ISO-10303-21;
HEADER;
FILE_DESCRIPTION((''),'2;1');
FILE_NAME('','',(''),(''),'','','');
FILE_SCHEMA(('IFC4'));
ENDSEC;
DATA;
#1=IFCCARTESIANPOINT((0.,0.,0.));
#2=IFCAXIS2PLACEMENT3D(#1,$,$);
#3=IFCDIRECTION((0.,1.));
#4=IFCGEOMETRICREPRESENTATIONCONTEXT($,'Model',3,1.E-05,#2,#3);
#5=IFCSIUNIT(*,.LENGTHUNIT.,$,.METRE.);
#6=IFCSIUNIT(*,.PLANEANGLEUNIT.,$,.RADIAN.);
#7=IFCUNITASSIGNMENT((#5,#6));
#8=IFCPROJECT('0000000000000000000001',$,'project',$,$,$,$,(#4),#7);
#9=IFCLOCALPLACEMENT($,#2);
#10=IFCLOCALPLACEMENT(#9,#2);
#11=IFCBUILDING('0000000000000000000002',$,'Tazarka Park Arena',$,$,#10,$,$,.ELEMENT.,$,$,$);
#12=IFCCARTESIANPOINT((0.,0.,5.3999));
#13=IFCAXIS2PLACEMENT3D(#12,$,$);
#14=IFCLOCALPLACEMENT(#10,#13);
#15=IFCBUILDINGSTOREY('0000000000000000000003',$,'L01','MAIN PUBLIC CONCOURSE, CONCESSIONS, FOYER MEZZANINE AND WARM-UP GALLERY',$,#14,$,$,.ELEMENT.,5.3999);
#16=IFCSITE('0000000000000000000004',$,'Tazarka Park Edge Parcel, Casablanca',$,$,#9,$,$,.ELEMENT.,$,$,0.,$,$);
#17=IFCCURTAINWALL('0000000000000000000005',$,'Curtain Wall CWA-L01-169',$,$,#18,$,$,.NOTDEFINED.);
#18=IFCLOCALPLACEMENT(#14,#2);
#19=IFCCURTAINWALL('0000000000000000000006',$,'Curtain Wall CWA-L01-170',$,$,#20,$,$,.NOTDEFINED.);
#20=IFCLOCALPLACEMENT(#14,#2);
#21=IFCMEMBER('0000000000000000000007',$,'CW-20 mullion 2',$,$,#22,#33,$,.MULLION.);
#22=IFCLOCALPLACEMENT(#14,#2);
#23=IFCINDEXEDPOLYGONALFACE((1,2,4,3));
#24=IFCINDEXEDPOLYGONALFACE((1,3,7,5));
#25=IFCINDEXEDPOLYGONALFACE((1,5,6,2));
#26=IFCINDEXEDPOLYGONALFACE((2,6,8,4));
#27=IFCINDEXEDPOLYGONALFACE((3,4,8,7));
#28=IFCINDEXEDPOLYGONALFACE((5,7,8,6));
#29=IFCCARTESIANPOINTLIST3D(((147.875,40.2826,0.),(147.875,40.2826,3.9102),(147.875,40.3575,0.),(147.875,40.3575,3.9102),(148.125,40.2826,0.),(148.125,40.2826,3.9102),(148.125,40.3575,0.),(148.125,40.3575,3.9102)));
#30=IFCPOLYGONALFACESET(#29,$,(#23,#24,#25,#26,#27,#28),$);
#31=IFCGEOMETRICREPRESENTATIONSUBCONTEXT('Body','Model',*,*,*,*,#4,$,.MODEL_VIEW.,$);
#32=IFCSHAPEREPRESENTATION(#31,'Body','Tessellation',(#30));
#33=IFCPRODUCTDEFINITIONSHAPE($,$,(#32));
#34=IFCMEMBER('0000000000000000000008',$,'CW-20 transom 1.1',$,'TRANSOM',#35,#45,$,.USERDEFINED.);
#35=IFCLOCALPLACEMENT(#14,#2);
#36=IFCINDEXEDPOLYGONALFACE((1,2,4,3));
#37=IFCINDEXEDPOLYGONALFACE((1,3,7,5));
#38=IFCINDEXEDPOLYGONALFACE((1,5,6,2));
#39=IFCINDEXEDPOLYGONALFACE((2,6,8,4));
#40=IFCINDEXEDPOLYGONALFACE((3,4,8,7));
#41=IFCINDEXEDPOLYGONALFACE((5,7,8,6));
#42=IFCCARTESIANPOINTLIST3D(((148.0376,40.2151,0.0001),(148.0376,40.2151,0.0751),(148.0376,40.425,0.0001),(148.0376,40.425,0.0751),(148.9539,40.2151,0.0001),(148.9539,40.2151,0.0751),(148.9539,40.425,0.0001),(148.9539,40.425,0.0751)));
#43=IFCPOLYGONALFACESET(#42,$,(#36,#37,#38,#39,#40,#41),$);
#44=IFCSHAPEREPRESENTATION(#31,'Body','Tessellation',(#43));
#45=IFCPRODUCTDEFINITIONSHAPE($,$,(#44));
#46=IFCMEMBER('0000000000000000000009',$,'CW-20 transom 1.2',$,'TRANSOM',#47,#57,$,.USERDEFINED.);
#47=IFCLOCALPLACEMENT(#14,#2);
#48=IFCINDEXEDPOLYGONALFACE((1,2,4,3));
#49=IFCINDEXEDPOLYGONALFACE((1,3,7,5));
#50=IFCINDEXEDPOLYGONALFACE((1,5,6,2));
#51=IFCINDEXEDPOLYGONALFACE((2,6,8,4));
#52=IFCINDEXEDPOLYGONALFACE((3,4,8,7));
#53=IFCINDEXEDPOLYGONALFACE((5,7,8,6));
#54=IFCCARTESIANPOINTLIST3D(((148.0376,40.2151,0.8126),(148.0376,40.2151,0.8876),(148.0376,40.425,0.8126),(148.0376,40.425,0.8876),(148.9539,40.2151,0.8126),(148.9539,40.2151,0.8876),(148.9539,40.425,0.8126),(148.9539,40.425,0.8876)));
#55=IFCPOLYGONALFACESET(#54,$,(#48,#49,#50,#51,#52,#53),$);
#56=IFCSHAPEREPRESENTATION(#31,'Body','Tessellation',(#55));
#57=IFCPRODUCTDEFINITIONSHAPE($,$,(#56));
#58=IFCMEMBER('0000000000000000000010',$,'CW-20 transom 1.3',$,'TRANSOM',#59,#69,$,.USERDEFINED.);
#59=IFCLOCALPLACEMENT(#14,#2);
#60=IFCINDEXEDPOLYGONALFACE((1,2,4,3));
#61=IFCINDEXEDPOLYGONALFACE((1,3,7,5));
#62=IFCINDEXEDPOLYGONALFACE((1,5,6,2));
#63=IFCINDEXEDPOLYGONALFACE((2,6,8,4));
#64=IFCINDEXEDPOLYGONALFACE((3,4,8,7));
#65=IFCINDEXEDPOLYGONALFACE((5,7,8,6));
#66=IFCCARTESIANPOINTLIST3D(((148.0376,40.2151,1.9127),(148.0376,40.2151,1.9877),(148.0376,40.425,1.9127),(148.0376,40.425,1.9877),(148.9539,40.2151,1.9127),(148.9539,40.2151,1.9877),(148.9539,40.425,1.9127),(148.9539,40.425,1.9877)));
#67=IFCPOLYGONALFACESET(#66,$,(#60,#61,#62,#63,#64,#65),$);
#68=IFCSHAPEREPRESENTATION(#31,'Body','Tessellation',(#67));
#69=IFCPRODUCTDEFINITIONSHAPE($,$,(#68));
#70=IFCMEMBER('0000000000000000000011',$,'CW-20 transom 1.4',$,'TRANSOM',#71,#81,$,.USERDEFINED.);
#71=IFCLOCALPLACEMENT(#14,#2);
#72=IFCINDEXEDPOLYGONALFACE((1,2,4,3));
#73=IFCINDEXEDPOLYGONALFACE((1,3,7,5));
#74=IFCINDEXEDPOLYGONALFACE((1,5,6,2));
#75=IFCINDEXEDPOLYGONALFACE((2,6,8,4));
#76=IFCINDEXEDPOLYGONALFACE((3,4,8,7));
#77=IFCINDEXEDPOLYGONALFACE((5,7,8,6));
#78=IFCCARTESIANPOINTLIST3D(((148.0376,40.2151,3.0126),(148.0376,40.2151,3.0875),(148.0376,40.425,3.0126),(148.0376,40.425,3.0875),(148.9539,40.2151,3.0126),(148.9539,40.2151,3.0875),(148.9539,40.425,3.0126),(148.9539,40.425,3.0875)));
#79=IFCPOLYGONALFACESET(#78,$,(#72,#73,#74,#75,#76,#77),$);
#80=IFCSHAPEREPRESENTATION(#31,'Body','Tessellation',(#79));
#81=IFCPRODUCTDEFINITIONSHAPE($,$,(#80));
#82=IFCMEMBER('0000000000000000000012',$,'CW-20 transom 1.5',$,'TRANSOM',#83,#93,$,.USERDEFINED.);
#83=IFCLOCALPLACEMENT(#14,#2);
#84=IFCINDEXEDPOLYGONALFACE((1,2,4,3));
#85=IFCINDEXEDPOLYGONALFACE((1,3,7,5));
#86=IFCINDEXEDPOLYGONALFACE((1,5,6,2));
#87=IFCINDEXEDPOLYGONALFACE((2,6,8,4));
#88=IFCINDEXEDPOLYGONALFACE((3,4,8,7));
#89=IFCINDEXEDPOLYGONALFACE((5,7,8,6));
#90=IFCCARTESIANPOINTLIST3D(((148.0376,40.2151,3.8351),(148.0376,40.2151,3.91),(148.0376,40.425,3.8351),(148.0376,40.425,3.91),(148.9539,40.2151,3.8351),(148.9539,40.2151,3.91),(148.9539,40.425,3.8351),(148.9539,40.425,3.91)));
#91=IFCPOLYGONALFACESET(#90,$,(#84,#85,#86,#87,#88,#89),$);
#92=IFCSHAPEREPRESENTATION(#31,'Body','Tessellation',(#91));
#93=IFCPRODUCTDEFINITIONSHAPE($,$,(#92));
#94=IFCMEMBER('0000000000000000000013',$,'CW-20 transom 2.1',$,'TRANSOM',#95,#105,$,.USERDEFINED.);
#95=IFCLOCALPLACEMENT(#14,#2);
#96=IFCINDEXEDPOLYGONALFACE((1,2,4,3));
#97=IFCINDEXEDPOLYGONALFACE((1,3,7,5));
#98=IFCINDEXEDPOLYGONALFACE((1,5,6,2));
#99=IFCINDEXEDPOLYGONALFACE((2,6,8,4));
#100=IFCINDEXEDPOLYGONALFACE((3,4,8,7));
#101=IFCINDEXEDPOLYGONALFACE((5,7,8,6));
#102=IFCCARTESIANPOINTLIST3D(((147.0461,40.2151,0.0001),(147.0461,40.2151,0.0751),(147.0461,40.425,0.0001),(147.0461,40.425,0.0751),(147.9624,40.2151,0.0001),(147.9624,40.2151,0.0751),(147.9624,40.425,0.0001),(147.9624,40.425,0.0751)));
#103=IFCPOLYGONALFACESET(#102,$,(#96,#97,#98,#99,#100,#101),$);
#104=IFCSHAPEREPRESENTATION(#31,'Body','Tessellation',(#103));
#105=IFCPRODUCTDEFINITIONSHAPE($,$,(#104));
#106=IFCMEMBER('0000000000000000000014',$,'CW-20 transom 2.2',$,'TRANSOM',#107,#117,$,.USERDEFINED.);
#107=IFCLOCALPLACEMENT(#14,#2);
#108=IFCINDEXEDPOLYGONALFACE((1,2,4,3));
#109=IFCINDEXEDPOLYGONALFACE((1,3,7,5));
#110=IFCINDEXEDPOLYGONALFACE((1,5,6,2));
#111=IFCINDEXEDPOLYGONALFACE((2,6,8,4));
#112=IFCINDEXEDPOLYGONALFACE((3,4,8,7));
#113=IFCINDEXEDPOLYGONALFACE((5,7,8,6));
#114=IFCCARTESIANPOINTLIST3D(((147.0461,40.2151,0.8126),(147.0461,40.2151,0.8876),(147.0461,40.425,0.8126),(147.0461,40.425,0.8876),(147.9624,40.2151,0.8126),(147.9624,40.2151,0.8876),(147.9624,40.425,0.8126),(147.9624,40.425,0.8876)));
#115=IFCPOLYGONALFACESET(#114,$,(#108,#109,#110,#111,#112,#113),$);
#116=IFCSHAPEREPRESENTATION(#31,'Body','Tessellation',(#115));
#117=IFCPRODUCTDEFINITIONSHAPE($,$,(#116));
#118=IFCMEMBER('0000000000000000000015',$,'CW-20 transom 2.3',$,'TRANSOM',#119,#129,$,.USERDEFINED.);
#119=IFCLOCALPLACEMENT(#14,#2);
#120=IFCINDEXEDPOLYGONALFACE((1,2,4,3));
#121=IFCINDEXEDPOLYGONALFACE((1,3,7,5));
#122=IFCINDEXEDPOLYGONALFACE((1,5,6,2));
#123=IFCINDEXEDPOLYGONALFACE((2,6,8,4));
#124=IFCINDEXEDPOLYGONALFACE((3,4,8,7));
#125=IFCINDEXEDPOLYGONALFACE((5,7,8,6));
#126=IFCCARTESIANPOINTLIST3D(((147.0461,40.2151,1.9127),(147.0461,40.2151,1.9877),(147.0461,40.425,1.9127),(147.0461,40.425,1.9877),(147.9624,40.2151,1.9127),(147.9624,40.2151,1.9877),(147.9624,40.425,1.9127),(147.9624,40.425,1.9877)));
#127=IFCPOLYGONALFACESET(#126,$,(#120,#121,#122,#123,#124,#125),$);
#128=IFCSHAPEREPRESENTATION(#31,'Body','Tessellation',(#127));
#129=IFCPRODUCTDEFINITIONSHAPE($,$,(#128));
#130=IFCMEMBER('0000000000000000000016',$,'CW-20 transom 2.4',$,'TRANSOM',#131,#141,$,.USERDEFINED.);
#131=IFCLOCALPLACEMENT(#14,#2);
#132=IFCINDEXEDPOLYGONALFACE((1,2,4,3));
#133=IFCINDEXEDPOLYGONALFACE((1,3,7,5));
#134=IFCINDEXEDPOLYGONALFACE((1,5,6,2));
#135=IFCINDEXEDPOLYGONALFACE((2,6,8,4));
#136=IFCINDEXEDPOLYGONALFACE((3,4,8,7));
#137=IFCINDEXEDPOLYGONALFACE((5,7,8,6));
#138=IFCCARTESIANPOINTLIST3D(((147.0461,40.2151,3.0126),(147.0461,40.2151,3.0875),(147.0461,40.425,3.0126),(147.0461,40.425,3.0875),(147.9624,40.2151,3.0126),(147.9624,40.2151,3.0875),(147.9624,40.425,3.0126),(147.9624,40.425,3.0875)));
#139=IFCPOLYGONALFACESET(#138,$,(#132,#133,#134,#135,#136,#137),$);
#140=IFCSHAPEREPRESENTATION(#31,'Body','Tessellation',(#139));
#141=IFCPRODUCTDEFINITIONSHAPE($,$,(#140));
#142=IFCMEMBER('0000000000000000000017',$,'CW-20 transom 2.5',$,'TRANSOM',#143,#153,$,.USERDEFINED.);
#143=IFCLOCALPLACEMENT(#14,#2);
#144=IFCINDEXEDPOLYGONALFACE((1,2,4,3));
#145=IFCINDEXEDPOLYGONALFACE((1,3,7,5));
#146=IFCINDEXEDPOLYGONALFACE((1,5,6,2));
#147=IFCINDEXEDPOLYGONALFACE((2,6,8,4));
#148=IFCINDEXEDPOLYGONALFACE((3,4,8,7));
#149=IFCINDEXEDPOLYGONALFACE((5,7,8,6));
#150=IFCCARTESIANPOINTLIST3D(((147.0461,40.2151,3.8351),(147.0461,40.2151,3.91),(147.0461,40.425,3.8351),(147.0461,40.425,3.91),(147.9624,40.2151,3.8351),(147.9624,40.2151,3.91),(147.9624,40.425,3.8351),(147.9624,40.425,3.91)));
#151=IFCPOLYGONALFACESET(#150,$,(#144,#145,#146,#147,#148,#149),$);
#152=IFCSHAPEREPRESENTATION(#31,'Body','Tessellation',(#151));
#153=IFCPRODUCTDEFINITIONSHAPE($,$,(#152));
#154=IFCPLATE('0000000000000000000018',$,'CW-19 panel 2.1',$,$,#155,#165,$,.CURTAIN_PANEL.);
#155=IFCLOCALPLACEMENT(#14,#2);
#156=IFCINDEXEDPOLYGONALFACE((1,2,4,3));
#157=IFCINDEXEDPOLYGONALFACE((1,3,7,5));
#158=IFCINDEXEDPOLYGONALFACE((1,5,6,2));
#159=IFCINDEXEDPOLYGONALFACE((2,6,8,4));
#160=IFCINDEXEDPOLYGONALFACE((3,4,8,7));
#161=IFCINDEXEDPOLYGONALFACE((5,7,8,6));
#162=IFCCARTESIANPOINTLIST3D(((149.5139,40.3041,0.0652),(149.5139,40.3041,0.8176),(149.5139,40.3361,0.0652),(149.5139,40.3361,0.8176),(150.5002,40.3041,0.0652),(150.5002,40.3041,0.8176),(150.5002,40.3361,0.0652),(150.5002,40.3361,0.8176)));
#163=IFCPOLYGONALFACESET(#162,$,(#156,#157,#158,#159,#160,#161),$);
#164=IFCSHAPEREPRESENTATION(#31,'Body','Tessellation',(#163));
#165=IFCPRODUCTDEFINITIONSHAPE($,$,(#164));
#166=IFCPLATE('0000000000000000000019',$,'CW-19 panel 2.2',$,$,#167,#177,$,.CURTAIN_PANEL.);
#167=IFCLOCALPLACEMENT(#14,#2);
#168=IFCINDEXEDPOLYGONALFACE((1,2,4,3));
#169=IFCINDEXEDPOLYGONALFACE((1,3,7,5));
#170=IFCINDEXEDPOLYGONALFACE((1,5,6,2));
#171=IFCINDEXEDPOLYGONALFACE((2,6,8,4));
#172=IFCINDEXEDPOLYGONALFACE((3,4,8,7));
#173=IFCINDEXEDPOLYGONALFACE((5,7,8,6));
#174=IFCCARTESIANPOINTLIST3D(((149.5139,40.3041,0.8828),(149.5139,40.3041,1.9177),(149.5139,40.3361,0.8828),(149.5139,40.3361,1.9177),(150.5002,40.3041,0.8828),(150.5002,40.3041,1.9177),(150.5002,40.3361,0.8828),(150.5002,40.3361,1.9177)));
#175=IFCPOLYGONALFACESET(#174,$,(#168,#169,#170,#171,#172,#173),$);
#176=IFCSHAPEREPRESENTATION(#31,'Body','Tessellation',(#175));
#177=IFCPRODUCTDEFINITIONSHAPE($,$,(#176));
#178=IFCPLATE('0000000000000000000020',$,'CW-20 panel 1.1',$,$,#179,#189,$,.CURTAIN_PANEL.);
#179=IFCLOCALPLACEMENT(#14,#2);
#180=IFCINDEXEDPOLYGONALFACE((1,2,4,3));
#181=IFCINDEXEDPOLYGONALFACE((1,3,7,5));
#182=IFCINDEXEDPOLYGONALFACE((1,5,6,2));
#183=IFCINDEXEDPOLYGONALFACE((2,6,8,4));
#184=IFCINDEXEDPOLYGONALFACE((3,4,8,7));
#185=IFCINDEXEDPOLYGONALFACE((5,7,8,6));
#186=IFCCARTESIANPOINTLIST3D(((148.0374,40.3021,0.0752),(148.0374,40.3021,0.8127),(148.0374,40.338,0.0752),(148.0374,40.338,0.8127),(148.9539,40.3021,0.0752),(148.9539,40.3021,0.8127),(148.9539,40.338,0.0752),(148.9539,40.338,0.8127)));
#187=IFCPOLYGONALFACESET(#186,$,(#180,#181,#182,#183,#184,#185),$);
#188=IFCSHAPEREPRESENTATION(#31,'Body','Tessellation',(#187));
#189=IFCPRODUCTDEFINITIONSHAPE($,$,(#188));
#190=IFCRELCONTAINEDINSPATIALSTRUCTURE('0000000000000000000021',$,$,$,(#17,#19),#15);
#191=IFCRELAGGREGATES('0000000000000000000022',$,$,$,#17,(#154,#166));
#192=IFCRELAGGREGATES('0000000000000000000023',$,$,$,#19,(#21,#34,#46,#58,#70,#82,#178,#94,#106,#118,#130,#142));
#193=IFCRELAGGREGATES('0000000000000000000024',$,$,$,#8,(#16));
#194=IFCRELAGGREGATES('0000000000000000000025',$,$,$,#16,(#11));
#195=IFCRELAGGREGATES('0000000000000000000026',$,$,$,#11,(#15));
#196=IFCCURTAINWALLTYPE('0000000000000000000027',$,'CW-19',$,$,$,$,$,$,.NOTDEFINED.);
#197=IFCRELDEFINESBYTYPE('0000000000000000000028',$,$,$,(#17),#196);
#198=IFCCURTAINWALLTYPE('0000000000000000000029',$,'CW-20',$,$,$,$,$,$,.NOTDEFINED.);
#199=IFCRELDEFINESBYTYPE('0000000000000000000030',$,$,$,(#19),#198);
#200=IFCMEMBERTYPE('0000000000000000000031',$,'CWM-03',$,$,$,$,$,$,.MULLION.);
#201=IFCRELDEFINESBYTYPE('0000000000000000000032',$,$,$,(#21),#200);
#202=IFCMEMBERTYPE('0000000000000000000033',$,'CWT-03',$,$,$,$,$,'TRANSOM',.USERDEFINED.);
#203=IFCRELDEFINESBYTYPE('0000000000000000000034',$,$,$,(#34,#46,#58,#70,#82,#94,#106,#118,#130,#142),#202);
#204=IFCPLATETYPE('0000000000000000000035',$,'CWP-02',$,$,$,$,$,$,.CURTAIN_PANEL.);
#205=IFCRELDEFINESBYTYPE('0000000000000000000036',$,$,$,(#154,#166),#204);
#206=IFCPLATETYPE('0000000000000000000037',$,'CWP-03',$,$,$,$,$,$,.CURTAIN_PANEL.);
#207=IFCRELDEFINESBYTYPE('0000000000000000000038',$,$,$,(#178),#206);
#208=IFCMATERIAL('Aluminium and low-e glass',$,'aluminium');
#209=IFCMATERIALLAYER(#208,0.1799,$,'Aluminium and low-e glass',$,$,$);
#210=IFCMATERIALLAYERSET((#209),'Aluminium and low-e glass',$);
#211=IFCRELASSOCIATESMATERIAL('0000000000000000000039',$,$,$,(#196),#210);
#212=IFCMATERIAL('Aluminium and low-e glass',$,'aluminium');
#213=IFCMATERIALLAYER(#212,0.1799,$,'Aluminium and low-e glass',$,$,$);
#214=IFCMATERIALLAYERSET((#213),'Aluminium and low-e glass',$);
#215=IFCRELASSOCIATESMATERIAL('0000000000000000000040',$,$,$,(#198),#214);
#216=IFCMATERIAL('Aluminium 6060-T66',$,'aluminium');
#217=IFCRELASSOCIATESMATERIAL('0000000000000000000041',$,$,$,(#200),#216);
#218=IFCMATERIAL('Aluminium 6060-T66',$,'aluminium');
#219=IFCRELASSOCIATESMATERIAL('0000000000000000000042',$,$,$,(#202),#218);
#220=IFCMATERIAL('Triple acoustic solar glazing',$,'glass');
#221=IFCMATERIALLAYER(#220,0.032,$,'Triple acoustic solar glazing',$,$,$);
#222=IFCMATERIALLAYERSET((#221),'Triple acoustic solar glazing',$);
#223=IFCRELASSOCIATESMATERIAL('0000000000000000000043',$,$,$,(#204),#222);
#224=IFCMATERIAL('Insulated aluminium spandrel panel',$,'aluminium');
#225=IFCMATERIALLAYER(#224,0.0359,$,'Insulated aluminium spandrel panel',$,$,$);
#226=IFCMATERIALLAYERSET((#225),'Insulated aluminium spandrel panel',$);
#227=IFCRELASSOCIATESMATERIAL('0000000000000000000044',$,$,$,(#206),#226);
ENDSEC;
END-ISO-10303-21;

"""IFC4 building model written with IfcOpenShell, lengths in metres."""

from ifc_helpers import new_model, si_unit, direction, frame, origin, origin_2d, place, context, subcontext, project, spatial, rectangle, extrude, material, layer, layer_set, material_profile, profile_set, type_object, element, aggregate, save


model = new_model("IFC4")

# Units and contexts
model_context = context("Model", 3, precision=1e-05, world=origin(), true_north=direction((0.0, 1.0)))
body_context = subcontext(model_context, "Body", "Model", "MODEL_VIEW")
ifc_project = project(units=[si_unit("LENGTHUNIT", "METRE"), si_unit("PLANEANGLEUNIT", "RADIAN")], contexts=[model_context])

# Site, building, storey
site_placement = place(None, origin())
site = spatial("IfcSite", under=ifc_project, at=site_placement, Name="Tazarka Park Edge Parcel, Casablanca", CompositionType="ELEMENT", RefElevation=0.0)
building_placement = place(site_placement, origin())
building = spatial("IfcBuilding", under=site, at=building_placement, Name="Tazarka Park Arena", CompositionType="ELEMENT")
storey_placement = place(building_placement, frame((0.0, 0.0, 5.3999)))
storey = spatial("IfcBuildingStorey", under=building, at=storey_placement, Name="L01", Description="MAIN PUBLIC CONCOURSE, CONCESSIONS, FOYER MEZZANINE AND WARM-UP GALLERY", CompositionType="ELEMENT", Elevation=5.3999)

# Curtain wall
ifc_material_1 = material(Name="Aluminium and low-e glass", Category="aluminium")
ifc_layer_1 = layer(ifc_material_1, 0.1799, Name="Aluminium and low-e glass")
ifc_layer_set_1 = layer_set([ifc_layer_1], Name="Aluminium and low-e glass")
curtain_wall_type_1 = type_object("IfcCurtainWallType", Name="CW-19", PredefinedType="NOTDEFINED", material=ifc_layer_set_1)
curtain_wall_1_placement = place(storey_placement, origin())
curtain_wall_1 = element("IfcCurtainWall", 1, at=curtain_wall_1_placement, inside=storey, type_object=curtain_wall_type_1, Name="Curtain Wall CWA-L01-169", PredefinedType="NOTDEFINED")

# Curtain wall, members
ifc_material_2 = material(Name="Aluminium and low-e glass", Category="aluminium")
ifc_layer_2 = layer(ifc_material_2, 0.1799, Name="Aluminium and low-e glass")
ifc_layer_set_2 = layer_set([ifc_layer_2], Name="Aluminium and low-e glass")
curtain_wall_type_2 = type_object("IfcCurtainWallType", Name="CW-20", PredefinedType="NOTDEFINED", material=ifc_layer_set_2)
curtain_wall_2_placement = place(storey_placement, origin())
curtain_wall_2 = element("IfcCurtainWall", 2, at=curtain_wall_2_placement, inside=storey, type_object=curtain_wall_type_2, Name="Curtain Wall CWA-L01-170", PredefinedType="NOTDEFINED")
ifc_material_3 = material(Name="Aluminium 6060-T66", Category="aluminium")
ifc_material_profile_1 = material_profile(ifc_material_3, rectangle(XDim=0.075, YDim=0.25, at=origin_2d()), Name="Aluminium 6060-T66")
ifc_profile_set_1 = profile_set([ifc_material_profile_1], Name="Aluminium 6060-T66")
member_type_1 = type_object("IfcMemberType", Name="CWM-03", PredefinedType="MULLION", material=ifc_profile_set_1)
member_1_placement = place(storey_placement, frame((148.0, 40.3201, 0.0), z_axis=(0.0, 0.0, 1.0), x_axis=(0.0, -1.0, 0.0)))
member_1 = element("IfcMember", 3, at=member_1_placement, type_object=member_type_1, Name="CW-20 mullion 2", PredefinedType="MULLION", context=body_context, shape_type="SweptSolid", body=[
    extrude(rectangle(XDim=0.075, YDim=0.25, at=origin_2d()), origin(), (0.0, 0.0, 1.0), 3.9102),
])
ifc_material_4 = material(Name="Aluminium 6060-T66", Category="aluminium")
ifc_material_profile_2 = material_profile(ifc_material_4, rectangle(XDim=0.21, YDim=0.075, at=origin_2d()), Name="Aluminium 6060-T66")
ifc_profile_set_2 = profile_set([ifc_material_profile_2], Name="Aluminium 6060-T66")
member_type_2 = type_object("IfcMemberType", Name="CWT-03", ElementType="TRANSOM", PredefinedType="USERDEFINED", material=ifc_profile_set_2)
member_2_placement = place(storey_placement, frame((148.9539, 40.3201, 0.0376), z_axis=(-1.0, 0.0, 0.0), x_axis=(0.0, -1.0, 0.0)))
member_2 = element("IfcMember", 4, at=member_2_placement, type_object=member_type_2, Name="CW-20 transom 1.1", ObjectType="TRANSOM", PredefinedType="USERDEFINED", context=body_context, shape_type="SweptSolid", body=[
    extrude(rectangle(XDim=0.21, YDim=0.075, at=origin_2d()), origin(), (0.0, 0.0, 1.0), 0.9163),
])
member_3_placement = place(storey_placement, frame((148.9539, 40.3201, 0.8501), z_axis=(-1.0, 0.0, 0.0), x_axis=(0.0, -1.0, 0.0)))
member_3 = element("IfcMember", 5, at=member_3_placement, type_object=member_type_2, Name="CW-20 transom 1.2", ObjectType="TRANSOM", PredefinedType="USERDEFINED", context=body_context, shape_type="SweptSolid", body=[
    extrude(rectangle(XDim=0.21, YDim=0.075, at=origin_2d()), origin(), (0.0, 0.0, 1.0), 0.9163),
])
member_4_placement = place(storey_placement, frame((148.9539, 40.3201, 1.9502), z_axis=(-1.0, 0.0, 0.0), x_axis=(0.0, -1.0, 0.0)))
member_4 = element("IfcMember", 6, at=member_4_placement, type_object=member_type_2, Name="CW-20 transom 1.3", ObjectType="TRANSOM", PredefinedType="USERDEFINED", context=body_context, shape_type="SweptSolid", body=[
    extrude(rectangle(XDim=0.21, YDim=0.075, at=origin_2d()), origin(), (0.0, 0.0, 1.0), 0.9163),
])
member_5_placement = place(storey_placement, frame((148.9539, 40.3201, 3.05), z_axis=(-1.0, 0.0, 0.0), x_axis=(0.0, -1.0, 0.0)))
member_5 = element("IfcMember", 7, at=member_5_placement, type_object=member_type_2, Name="CW-20 transom 1.4", ObjectType="TRANSOM", PredefinedType="USERDEFINED", context=body_context, shape_type="SweptSolid", body=[
    extrude(rectangle(XDim=0.21, YDim=0.075, at=origin_2d()), origin(), (0.0, 0.0, 1.0), 0.9163),
])
member_6_placement = place(storey_placement, frame((148.9539, 40.3201, 3.8726), z_axis=(-1.0, 0.0, 0.0), x_axis=(0.0, -1.0, 0.0)))
member_6 = element("IfcMember", 8, at=member_6_placement, type_object=member_type_2, Name="CW-20 transom 1.5", ObjectType="TRANSOM", PredefinedType="USERDEFINED", context=body_context, shape_type="SweptSolid", body=[
    extrude(rectangle(XDim=0.21, YDim=0.075, at=origin_2d()), origin(), (0.0, 0.0, 1.0), 0.9163),
])
member_7_placement = place(storey_placement, frame((147.9624, 40.3201, 0.0376), z_axis=(-1.0, 0.0, 0.0), x_axis=(0.0, -1.0, 0.0)))
member_7 = element("IfcMember", 9, at=member_7_placement, type_object=member_type_2, Name="CW-20 transom 2.1", ObjectType="TRANSOM", PredefinedType="USERDEFINED", context=body_context, shape_type="SweptSolid", body=[
    extrude(rectangle(XDim=0.21, YDim=0.075, at=origin_2d()), origin(), (0.0, 0.0, 1.0), 0.9163),
])
member_8_placement = place(storey_placement, frame((147.9624, 40.3201, 0.8501), z_axis=(-1.0, 0.0, 0.0), x_axis=(0.0, -1.0, 0.0)))
member_8 = element("IfcMember", 10, at=member_8_placement, type_object=member_type_2, Name="CW-20 transom 2.2", ObjectType="TRANSOM", PredefinedType="USERDEFINED", context=body_context, shape_type="SweptSolid", body=[
    extrude(rectangle(XDim=0.21, YDim=0.075, at=origin_2d()), origin(), (0.0, 0.0, 1.0), 0.9163),
])
member_9_placement = place(storey_placement, frame((147.9624, 40.3201, 1.9502), z_axis=(-1.0, 0.0, 0.0), x_axis=(0.0, -1.0, 0.0)))
member_9 = element("IfcMember", 11, at=member_9_placement, type_object=member_type_2, Name="CW-20 transom 2.3", ObjectType="TRANSOM", PredefinedType="USERDEFINED", context=body_context, shape_type="SweptSolid", body=[
    extrude(rectangle(XDim=0.21, YDim=0.075, at=origin_2d()), origin(), (0.0, 0.0, 1.0), 0.9163),
])
member_10_placement = place(storey_placement, frame((147.9624, 40.3201, 3.05), z_axis=(-1.0, 0.0, 0.0), x_axis=(0.0, -1.0, 0.0)))
member_10 = element("IfcMember", 12, at=member_10_placement, type_object=member_type_2, Name="CW-20 transom 2.4", ObjectType="TRANSOM", PredefinedType="USERDEFINED", context=body_context, shape_type="SweptSolid", body=[
    extrude(rectangle(XDim=0.21, YDim=0.075, at=origin_2d()), origin(), (0.0, 0.0, 1.0), 0.9163),
])
member_11_placement = place(storey_placement, frame((147.9624, 40.3201, 3.8726), z_axis=(-1.0, 0.0, 0.0), x_axis=(0.0, -1.0, 0.0)))
member_11 = element("IfcMember", 13, at=member_11_placement, type_object=member_type_2, Name="CW-20 transom 2.5", ObjectType="TRANSOM", PredefinedType="USERDEFINED", context=body_context, shape_type="SweptSolid", body=[
    extrude(rectangle(XDim=0.21, YDim=0.075, at=origin_2d()), origin(), (0.0, 0.0, 1.0), 0.9163),
])

# Plates
ifc_material_5 = material(Name="Triple acoustic solar glazing", Category="glass")
ifc_layer_3 = layer(ifc_material_5, 0.032, Name="Triple acoustic solar glazing")
ifc_layer_set_3 = layer_set([ifc_layer_3], Name="Triple acoustic solar glazing")
plate_type_1 = type_object("IfcPlateType", Name="CWP-02", PredefinedType="CURTAIN_PANEL", material=ifc_layer_set_3)
plate_1_placement = place(storey_placement, frame((150.0071, 40.3201, 0.0652), z_axis=(0.0, 0.0, 1.0), x_axis=(-1.0, 0.0, 0.0)))
plate_1 = element("IfcPlate", 14, at=plate_1_placement, type_object=plate_type_1, Name="CW-19 panel 2.1", PredefinedType="CURTAIN_PANEL", context=body_context, shape_type="SweptSolid", body=[
    extrude(rectangle(XDim=0.9863, YDim=0.032, at=origin_2d()), origin(), (0.0, 0.0, 1.0), 0.7524),
])
plate_2_placement = place(storey_placement, frame((150.0071, 40.3201, 0.8828), z_axis=(0.0, 0.0, 1.0), x_axis=(-1.0, 0.0, 0.0)))
plate_2 = element("IfcPlate", 15, at=plate_2_placement, type_object=plate_type_1, Name="CW-19 panel 2.2", PredefinedType="CURTAIN_PANEL", context=body_context, shape_type="SweptSolid", body=[
    extrude(rectangle(XDim=0.9863, YDim=0.032, at=origin_2d()), origin(), (0.0, 0.0, 1.0), 1.0349),
])
aggregate(curtain_wall_1, [plate_1, plate_2])
ifc_material_6 = material(Name="Insulated aluminium spandrel panel", Category="aluminium")
ifc_layer_4 = layer(ifc_material_6, 0.0359, Name="Insulated aluminium spandrel panel")
ifc_layer_set_4 = layer_set([ifc_layer_4], Name="Insulated aluminium spandrel panel")
plate_type_2 = type_object("IfcPlateType", Name="CWP-03", PredefinedType="CURTAIN_PANEL", material=ifc_layer_set_4)
plate_3_placement = place(storey_placement, frame((148.4956, 40.3201, 0.0752), z_axis=(0.0, 0.0, 1.0), x_axis=(-1.0, 0.0, 0.0)))
plate_3 = element("IfcPlate", 16, at=plate_3_placement, type_object=plate_type_2, Name="CW-20 panel 1.1", PredefinedType="CURTAIN_PANEL", context=body_context, shape_type="SweptSolid", body=[
    extrude(rectangle(XDim=0.9165, YDim=0.0359, at=origin_2d()), origin(), (0.0, 0.0, 1.0), 0.7375),
])
aggregate(curtain_wall_2, [member_1, member_2, member_3, member_4, member_5, member_6, plate_3, member_7, member_8, member_9, member_10, member_11])

save(model, "model.ifc")
